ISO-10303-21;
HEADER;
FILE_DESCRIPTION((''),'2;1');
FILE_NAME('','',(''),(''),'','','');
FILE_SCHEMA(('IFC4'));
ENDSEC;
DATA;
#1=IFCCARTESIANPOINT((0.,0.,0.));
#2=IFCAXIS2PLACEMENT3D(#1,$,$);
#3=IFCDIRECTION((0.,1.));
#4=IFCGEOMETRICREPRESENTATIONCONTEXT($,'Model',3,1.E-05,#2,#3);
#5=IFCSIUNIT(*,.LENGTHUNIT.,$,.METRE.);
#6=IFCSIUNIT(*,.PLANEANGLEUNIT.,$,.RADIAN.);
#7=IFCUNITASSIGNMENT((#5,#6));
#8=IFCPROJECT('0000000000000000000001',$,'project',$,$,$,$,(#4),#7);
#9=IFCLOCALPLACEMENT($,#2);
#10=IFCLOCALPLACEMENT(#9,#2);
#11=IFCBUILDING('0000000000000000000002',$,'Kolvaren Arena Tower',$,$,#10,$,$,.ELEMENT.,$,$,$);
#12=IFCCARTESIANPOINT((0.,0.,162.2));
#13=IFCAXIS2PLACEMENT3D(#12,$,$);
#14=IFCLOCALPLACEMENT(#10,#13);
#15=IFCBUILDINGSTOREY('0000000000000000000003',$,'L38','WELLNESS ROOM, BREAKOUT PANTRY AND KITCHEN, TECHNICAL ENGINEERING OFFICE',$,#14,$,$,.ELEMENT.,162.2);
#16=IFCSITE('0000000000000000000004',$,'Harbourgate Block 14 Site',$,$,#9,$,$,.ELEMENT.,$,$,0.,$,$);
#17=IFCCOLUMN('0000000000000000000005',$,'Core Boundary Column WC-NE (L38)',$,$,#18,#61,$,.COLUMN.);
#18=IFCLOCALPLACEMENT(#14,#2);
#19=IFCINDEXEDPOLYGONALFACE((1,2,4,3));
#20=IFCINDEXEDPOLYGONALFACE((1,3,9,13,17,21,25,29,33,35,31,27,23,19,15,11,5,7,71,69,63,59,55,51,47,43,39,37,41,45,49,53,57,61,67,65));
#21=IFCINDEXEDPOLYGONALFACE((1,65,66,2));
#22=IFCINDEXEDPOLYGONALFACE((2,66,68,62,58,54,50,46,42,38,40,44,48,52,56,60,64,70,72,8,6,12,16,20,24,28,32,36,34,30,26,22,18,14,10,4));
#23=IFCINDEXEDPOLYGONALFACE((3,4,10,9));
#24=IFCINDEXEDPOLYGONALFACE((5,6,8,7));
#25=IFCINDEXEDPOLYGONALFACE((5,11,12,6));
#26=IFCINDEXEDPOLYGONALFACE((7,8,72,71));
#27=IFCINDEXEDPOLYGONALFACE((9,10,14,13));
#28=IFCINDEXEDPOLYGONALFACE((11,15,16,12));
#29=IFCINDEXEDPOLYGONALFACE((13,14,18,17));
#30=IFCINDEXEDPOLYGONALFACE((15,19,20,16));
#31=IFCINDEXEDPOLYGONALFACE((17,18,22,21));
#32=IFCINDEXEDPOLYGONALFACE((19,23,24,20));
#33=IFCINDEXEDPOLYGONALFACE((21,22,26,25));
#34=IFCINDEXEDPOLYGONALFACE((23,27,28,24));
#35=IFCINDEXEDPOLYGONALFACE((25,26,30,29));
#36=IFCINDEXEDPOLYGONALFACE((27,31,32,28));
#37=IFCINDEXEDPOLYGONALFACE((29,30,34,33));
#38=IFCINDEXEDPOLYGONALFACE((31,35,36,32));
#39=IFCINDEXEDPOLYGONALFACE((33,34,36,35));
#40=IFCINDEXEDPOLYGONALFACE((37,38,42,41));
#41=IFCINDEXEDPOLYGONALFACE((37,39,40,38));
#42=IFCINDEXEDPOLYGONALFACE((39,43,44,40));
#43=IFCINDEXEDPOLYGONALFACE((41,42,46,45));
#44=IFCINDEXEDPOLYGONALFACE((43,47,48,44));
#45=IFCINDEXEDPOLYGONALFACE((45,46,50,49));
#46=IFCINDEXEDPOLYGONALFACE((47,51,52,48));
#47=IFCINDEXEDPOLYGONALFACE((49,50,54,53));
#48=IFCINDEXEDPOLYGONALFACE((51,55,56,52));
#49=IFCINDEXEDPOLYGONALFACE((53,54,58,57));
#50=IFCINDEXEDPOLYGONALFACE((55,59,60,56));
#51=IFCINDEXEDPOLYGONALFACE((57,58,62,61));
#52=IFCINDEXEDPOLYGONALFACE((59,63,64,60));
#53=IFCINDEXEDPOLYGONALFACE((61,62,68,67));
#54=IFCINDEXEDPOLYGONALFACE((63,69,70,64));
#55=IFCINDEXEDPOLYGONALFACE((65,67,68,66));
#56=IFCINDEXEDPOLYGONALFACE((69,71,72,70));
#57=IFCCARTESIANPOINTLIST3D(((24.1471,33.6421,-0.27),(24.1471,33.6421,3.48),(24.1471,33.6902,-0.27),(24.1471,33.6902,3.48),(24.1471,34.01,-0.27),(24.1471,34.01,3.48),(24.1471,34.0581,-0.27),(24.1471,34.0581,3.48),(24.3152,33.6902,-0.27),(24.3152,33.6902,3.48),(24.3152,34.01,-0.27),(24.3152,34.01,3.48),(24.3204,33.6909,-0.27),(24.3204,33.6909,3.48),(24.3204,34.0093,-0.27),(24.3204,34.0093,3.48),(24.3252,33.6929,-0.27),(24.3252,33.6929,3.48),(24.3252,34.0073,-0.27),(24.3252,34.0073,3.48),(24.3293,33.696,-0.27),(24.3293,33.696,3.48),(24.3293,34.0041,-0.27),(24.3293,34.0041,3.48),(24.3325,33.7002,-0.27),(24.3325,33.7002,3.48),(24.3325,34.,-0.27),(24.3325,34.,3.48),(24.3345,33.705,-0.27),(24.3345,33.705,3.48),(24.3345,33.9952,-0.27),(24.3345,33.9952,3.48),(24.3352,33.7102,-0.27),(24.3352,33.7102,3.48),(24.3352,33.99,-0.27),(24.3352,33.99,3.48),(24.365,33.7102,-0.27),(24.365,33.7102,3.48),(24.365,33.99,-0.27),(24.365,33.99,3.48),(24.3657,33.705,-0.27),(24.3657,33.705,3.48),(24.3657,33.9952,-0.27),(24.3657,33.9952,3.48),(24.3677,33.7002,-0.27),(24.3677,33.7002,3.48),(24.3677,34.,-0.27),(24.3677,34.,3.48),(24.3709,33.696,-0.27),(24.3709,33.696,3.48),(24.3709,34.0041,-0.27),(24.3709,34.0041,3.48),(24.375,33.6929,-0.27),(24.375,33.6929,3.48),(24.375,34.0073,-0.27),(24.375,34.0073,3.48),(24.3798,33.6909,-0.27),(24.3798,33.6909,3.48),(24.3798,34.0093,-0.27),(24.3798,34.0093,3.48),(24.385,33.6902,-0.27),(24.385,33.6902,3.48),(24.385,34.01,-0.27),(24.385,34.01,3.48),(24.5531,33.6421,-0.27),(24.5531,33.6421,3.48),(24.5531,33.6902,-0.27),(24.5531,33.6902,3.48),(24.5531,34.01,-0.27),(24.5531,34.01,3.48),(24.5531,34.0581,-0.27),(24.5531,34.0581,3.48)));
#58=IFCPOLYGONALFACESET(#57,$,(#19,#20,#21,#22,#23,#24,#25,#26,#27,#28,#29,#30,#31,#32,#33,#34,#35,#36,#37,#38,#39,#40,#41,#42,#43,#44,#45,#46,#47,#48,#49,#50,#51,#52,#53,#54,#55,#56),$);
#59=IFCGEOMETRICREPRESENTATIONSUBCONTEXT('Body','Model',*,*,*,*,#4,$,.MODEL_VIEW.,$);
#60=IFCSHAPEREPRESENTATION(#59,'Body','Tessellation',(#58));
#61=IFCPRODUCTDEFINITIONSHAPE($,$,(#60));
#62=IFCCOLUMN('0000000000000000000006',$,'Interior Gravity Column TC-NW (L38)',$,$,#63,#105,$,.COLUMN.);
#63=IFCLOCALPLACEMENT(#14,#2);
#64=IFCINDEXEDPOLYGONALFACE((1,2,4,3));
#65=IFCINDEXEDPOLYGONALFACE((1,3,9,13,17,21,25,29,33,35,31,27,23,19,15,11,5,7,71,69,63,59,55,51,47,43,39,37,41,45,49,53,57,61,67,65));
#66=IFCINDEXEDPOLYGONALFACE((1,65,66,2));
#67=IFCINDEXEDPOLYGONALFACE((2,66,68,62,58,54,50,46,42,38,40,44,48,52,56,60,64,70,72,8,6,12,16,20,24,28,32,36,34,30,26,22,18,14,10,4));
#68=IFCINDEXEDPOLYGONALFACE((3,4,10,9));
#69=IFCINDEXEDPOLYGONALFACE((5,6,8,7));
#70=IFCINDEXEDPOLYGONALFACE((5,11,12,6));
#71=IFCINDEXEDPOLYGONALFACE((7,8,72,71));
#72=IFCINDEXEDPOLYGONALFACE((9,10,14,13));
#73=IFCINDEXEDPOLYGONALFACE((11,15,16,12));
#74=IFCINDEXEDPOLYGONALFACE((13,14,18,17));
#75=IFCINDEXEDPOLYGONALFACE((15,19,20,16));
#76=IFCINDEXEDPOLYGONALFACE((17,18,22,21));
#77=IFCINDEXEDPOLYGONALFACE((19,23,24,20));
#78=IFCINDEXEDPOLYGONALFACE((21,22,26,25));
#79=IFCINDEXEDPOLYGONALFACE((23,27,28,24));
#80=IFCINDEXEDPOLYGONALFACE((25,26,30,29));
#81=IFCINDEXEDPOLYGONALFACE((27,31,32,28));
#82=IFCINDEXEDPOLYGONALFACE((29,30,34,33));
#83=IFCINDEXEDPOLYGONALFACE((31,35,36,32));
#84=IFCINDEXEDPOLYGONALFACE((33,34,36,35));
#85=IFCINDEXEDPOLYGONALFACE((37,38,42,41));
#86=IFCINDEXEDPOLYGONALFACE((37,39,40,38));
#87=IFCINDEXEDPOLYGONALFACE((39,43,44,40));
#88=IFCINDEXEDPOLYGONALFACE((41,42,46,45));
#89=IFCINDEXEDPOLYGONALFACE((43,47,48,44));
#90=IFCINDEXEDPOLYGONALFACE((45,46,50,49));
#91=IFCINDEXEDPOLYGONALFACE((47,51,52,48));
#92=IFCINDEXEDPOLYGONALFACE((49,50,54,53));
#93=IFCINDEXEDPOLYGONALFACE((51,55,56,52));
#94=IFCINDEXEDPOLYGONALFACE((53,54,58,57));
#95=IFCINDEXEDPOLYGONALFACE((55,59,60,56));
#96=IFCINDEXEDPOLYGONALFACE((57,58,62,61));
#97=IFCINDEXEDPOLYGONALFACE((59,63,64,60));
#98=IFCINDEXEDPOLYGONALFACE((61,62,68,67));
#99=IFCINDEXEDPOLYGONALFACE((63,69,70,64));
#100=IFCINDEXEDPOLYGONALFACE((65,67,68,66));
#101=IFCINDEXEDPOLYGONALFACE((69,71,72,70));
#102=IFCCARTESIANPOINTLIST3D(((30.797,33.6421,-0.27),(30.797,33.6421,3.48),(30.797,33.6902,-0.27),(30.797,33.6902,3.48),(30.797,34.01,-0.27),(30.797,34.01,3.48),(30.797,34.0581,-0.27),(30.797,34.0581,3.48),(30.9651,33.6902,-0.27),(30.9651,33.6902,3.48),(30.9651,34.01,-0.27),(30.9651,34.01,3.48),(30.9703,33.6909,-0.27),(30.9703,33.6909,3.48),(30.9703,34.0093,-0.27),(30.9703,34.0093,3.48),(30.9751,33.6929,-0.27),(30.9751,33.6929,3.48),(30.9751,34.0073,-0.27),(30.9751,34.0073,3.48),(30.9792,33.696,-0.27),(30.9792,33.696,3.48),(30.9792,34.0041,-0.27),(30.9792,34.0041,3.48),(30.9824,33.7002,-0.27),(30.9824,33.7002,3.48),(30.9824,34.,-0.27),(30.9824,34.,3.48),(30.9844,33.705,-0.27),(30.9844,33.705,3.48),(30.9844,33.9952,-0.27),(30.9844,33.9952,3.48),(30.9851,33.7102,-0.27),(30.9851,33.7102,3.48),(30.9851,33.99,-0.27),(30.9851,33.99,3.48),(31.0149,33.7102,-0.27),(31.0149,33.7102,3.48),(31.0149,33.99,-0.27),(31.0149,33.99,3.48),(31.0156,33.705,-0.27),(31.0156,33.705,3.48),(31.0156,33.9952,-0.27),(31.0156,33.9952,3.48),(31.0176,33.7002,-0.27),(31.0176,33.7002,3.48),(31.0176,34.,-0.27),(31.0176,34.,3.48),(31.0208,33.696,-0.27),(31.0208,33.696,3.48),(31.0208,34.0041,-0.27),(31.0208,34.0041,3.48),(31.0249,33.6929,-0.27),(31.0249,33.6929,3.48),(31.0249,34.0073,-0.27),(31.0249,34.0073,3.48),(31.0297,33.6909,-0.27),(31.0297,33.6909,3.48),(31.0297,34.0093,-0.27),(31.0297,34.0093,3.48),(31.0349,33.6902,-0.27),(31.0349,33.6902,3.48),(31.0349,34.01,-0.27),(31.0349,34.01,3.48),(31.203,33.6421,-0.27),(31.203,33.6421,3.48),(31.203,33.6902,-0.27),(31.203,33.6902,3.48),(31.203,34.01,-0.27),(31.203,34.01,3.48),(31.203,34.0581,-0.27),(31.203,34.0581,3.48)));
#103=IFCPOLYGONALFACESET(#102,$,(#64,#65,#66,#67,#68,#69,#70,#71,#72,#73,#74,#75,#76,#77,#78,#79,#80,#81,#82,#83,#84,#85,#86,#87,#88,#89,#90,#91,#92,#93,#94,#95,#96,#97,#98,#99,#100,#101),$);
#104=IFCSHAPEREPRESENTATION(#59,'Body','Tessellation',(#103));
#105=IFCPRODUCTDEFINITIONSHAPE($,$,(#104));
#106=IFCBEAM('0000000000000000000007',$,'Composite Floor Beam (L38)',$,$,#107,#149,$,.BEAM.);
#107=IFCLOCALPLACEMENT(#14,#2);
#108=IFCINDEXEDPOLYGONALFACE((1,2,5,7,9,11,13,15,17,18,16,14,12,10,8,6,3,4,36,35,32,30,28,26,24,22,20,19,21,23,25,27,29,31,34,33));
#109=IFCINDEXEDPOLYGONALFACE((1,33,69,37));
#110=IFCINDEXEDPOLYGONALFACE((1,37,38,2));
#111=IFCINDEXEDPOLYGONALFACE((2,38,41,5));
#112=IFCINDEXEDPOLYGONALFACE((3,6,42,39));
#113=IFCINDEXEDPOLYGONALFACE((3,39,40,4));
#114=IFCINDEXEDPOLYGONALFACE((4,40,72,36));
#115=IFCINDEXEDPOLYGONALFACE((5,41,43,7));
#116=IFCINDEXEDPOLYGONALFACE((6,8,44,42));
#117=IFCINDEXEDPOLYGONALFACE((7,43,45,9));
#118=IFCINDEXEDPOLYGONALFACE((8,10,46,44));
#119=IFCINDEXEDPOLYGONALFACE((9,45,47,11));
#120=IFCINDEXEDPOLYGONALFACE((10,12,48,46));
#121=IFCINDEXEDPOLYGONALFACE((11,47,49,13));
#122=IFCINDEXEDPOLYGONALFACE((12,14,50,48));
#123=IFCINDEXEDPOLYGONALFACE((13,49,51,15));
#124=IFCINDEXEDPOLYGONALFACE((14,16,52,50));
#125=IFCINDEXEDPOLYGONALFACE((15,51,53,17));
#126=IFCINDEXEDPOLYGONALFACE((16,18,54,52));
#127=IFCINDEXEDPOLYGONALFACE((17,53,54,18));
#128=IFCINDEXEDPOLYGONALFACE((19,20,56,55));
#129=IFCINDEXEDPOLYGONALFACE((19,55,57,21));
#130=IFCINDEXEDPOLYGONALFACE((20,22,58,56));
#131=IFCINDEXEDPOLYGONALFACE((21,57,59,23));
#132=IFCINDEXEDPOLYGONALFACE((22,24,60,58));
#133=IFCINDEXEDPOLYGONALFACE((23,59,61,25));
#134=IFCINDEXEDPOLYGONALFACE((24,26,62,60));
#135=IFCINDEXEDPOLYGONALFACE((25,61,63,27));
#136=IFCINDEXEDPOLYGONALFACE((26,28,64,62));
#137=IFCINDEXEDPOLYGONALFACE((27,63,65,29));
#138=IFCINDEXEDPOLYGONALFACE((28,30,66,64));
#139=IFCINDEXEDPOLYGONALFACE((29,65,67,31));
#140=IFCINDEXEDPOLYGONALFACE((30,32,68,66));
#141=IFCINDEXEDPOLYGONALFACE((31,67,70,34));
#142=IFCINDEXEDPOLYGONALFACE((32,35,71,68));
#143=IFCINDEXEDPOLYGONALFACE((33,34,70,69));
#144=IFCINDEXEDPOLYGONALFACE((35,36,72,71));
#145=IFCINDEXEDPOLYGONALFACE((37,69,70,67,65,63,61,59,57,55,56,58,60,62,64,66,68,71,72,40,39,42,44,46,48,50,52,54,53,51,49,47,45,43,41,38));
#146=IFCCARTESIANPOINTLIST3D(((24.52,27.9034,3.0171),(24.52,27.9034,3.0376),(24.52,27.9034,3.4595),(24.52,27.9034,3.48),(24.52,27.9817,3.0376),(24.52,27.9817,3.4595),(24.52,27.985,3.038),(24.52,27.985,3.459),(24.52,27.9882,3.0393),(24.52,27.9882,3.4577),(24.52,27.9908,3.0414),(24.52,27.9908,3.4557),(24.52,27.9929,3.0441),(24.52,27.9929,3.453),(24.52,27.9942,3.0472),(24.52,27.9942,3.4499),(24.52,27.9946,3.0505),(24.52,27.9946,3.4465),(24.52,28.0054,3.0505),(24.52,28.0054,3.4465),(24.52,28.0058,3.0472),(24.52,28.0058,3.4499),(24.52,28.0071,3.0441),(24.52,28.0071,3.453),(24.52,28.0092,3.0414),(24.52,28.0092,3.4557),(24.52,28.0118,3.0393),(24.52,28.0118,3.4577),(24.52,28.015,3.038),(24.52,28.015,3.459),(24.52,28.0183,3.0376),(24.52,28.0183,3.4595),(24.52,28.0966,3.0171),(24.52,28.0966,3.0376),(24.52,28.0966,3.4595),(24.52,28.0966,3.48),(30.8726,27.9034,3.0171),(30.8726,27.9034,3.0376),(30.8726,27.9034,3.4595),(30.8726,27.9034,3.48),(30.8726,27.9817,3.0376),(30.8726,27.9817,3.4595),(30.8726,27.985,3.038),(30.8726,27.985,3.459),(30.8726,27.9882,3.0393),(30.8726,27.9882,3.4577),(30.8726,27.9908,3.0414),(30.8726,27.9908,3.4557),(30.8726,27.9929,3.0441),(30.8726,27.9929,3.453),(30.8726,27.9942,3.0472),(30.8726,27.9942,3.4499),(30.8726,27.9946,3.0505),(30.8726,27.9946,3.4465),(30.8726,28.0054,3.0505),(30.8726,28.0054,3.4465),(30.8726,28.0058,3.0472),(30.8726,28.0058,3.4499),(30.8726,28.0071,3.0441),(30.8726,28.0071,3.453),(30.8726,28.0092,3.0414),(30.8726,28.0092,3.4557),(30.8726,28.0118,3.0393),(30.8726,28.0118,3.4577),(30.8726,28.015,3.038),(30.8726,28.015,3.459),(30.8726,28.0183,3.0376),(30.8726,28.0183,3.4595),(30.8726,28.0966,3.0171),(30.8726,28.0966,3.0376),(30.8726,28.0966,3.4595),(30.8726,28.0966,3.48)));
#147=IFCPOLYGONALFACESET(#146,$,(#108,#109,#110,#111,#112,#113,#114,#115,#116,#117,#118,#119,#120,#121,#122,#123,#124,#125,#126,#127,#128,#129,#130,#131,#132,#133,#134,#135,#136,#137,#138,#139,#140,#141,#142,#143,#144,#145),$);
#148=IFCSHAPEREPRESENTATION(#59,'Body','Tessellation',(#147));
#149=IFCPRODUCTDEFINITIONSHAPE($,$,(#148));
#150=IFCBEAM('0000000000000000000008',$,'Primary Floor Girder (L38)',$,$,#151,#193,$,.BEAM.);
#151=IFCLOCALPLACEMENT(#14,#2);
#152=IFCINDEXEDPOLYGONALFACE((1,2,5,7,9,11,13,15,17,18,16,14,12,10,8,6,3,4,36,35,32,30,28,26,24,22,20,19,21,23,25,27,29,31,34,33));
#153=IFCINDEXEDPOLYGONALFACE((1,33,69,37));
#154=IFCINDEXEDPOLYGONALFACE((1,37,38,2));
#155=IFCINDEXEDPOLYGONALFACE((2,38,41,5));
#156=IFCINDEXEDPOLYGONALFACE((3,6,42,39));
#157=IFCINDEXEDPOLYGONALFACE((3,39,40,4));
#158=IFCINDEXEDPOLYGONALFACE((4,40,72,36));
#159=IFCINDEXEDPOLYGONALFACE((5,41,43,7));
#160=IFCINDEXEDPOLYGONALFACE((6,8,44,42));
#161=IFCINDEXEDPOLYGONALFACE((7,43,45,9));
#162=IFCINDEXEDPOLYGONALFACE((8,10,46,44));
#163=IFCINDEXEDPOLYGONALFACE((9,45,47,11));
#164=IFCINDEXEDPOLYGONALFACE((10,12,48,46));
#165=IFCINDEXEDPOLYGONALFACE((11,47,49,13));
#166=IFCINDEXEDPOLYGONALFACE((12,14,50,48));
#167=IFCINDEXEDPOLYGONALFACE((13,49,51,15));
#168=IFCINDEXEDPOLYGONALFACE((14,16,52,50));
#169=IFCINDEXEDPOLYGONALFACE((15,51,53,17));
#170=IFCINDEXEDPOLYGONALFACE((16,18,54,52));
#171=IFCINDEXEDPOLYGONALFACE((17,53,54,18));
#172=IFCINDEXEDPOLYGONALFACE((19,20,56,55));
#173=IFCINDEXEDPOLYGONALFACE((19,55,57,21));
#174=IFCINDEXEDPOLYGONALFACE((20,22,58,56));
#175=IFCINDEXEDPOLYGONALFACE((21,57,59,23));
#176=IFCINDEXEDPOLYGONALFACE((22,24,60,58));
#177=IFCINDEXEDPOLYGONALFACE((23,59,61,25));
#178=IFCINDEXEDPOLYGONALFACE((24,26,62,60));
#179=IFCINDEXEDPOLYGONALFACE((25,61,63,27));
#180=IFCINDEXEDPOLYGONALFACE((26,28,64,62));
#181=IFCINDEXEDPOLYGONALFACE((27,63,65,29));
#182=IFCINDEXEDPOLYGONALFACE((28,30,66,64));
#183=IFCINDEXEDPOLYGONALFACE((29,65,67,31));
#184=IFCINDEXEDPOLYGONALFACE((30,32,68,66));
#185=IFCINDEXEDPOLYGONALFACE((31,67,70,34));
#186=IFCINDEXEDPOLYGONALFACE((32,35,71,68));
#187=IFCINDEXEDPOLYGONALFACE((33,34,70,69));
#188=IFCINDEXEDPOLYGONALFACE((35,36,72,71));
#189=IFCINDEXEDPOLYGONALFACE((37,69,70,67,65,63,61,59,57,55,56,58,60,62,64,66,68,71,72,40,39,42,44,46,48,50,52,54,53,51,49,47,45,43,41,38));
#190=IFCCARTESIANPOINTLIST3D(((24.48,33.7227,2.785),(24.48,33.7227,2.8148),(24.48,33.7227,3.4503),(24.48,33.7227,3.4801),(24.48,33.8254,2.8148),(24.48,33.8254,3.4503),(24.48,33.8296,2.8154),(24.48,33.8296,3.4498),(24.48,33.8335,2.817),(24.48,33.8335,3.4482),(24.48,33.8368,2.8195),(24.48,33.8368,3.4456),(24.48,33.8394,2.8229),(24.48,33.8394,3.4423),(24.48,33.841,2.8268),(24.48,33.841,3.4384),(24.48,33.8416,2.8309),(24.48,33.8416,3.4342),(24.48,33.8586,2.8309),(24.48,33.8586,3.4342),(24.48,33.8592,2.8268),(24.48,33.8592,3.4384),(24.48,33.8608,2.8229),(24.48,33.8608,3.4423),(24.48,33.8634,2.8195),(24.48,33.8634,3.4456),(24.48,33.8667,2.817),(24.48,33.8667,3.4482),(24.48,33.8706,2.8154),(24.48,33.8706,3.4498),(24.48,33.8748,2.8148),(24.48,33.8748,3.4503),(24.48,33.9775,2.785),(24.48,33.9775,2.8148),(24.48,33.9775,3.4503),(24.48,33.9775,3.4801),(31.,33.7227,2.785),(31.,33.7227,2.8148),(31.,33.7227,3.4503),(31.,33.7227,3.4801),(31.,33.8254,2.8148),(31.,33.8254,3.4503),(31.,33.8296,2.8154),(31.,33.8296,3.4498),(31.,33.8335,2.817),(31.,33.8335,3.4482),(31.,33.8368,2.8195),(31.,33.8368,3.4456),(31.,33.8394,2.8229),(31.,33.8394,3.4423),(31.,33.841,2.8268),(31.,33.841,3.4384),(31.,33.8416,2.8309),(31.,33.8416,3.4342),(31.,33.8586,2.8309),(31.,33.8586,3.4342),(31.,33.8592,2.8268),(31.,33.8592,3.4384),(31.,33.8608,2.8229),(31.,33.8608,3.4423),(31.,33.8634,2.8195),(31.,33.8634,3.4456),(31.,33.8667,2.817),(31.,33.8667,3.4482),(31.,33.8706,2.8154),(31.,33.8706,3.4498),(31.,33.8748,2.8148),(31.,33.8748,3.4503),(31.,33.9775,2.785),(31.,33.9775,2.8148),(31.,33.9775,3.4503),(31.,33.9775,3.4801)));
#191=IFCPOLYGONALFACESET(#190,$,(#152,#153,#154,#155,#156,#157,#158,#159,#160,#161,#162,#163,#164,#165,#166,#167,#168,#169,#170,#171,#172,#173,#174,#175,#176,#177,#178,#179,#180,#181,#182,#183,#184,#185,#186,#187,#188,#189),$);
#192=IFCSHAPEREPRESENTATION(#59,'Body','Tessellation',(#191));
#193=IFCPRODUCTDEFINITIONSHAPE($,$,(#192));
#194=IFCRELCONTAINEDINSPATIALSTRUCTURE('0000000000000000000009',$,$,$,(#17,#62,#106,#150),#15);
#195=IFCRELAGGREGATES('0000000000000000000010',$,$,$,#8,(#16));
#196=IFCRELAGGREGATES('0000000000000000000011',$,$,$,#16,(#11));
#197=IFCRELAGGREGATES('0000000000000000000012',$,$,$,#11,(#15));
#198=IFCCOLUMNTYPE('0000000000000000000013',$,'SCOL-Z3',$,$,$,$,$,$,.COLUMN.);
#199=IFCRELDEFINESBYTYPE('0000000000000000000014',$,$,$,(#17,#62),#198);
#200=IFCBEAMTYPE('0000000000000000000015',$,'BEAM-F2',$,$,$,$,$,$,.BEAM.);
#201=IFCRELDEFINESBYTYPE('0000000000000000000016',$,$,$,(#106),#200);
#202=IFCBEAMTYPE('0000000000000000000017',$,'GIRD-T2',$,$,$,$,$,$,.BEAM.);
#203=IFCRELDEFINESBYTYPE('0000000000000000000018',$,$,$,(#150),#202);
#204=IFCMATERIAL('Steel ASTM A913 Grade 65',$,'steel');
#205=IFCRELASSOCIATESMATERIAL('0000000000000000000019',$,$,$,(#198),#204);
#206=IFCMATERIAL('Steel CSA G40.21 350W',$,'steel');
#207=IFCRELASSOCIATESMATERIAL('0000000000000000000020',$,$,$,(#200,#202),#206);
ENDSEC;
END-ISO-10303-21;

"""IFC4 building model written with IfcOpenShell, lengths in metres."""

from ifc_helpers import new_model, si_unit, direction, frame, origin, origin_2d, place, context, subcontext, project, spatial, i_section, extrude, material, material_profile, profile_set, type_object, element, save


model = new_model("IFC4")

# Units and contexts
model_context = context("Model", 3, precision=1e-05, world=origin(), true_north=direction((0.0, 1.0)))
body_context = subcontext(model_context, "Body", "Model", "MODEL_VIEW")
ifc_project = project(units=[si_unit("LENGTHUNIT", "METRE"), si_unit("PLANEANGLEUNIT", "RADIAN")], contexts=[model_context])

# Site, building, storey
site_placement = place(None, origin())
site = spatial("IfcSite", under=ifc_project, at=site_placement, Name="Harbourgate Block 14 Site", CompositionType="ELEMENT", RefElevation=0.0)
building_placement = place(site_placement, origin())
building = spatial("IfcBuilding", under=site, at=building_placement, Name="Kolvaren Arena Tower", CompositionType="ELEMENT")
storey_placement = place(building_placement, frame((0.0, 0.0, 162.2)))
storey = spatial("IfcBuildingStorey", under=building, at=storey_placement, Name="L38", Description="WELLNESS ROOM, BREAKOUT PANTRY AND KITCHEN, TECHNICAL ENGINEERING OFFICE", CompositionType="ELEMENT", Elevation=162.2)

# Columns
ifc_material_1 = material(Name="Steel ASTM A913 Grade 65", Category="steel")
ifc_material_profile_1 = material_profile(ifc_material_1, i_section(OverallWidth=0.406, OverallDepth=0.416, WebThickness=0.0298, FlangeThickness=0.0481, FilletRadius=0.02, at=origin_2d()), Name="W360x382")
ifc_profile_set_1 = profile_set([ifc_material_profile_1], Name="Steel ASTM A913 Grade 65")
column_type = type_object("IfcColumnType", Name="SCOL-Z3", PredefinedType="COLUMN", material=ifc_profile_set_1)
for number, where, z_axis, x_axis, name in (
    (1, (24.3501, 33.8501, -0.27), (0.0, 0.0, 1.0), (1.0, 0.0, 0.0), "Core Boundary Column WC-NE (L38)"),
    (2, (31.0, 33.8501, -0.27), (0.0, 0.0, 1.0), (1.0, 0.0, 0.0), "Interior Gravity Column TC-NW (L38)"),
):
    element("IfcColumn", number, at=place(storey_placement, frame(where, z_axis=z_axis, x_axis=x_axis)), inside=storey, type_object=column_type, Name=name, PredefinedType="COLUMN", context=body_context, shape_type="SweptSolid", body=[
        extrude(i_section(OverallWidth=0.406, OverallDepth=0.416, WebThickness=0.0298, FlangeThickness=0.0481, FilletRadius=0.02, at=origin_2d()), origin(), (0.0, 0.0, 1.0), 3.75),
    ])

# Beams
ifc_material_2 = material(Name="Steel CSA G40.21 350W", Category="steel")
ifc_material_profile_2 = material_profile(ifc_material_2, i_section(OverallWidth=0.1931, OverallDepth=0.4629, WebThickness=0.0107, FlangeThickness=0.0205, FilletRadius=0.0129, at=origin_2d()), Name="W460x113")
ifc_profile_set_2 = profile_set([ifc_material_profile_2], Name="Steel CSA G40.21 350W")
beam_type_1 = type_object("IfcBeamType", Name="BEAM-F2", PredefinedType="BEAM", material=ifc_profile_set_2)
beam_1_placement = place(storey_placement, frame((24.52, 28.0, 3.2485), z_axis=(1.0, 0.0, 0.0), x_axis=(0.0, 1.0, 0.0)))
element("IfcBeam", 3, at=beam_1_placement, inside=storey, type_object=beam_type_1, Name="Composite Floor Beam (L38)", PredefinedType="BEAM", context=body_context, shape_type="SweptSolid", body=[
    extrude(i_section(OverallWidth=0.1931, OverallDepth=0.4629, WebThickness=0.0107, FlangeThickness=0.0205, FilletRadius=0.0129, at=origin_2d()), origin(), (0.0, 0.0, 1.0), 6.3525),
])
ifc_material_profile_3 = material_profile(ifc_material_2, i_section(OverallWidth=0.2549, OverallDepth=0.6951, WebThickness=0.0171, FlangeThickness=0.0298, FilletRadius=0.0161, at=origin_2d()), Name="W690x217")
ifc_profile_set_3 = profile_set([ifc_material_profile_3], Name="Steel CSA G40.21 350W")
beam_type_2 = type_object("IfcBeamType", Name="GIRD-T2", PredefinedType="BEAM", material=ifc_profile_set_3)
beam_2_placement = place(storey_placement, frame((24.48, 33.8501, 3.1326), z_axis=(1.0, 0.0, 0.0), x_axis=(0.0, 1.0, 0.0)))
element("IfcBeam", 4, at=beam_2_placement, inside=storey, type_object=beam_type_2, Name="Primary Floor Girder (L38)", PredefinedType="BEAM", context=body_context, shape_type="SweptSolid", body=[
    extrude(i_section(OverallWidth=0.2549, OverallDepth=0.6951, WebThickness=0.0171, FlangeThickness=0.0298, FilletRadius=0.0161, at=origin_2d()), origin(), (0.0, 0.0, 1.0), 6.52),
])

save(model, "model.ifc")
